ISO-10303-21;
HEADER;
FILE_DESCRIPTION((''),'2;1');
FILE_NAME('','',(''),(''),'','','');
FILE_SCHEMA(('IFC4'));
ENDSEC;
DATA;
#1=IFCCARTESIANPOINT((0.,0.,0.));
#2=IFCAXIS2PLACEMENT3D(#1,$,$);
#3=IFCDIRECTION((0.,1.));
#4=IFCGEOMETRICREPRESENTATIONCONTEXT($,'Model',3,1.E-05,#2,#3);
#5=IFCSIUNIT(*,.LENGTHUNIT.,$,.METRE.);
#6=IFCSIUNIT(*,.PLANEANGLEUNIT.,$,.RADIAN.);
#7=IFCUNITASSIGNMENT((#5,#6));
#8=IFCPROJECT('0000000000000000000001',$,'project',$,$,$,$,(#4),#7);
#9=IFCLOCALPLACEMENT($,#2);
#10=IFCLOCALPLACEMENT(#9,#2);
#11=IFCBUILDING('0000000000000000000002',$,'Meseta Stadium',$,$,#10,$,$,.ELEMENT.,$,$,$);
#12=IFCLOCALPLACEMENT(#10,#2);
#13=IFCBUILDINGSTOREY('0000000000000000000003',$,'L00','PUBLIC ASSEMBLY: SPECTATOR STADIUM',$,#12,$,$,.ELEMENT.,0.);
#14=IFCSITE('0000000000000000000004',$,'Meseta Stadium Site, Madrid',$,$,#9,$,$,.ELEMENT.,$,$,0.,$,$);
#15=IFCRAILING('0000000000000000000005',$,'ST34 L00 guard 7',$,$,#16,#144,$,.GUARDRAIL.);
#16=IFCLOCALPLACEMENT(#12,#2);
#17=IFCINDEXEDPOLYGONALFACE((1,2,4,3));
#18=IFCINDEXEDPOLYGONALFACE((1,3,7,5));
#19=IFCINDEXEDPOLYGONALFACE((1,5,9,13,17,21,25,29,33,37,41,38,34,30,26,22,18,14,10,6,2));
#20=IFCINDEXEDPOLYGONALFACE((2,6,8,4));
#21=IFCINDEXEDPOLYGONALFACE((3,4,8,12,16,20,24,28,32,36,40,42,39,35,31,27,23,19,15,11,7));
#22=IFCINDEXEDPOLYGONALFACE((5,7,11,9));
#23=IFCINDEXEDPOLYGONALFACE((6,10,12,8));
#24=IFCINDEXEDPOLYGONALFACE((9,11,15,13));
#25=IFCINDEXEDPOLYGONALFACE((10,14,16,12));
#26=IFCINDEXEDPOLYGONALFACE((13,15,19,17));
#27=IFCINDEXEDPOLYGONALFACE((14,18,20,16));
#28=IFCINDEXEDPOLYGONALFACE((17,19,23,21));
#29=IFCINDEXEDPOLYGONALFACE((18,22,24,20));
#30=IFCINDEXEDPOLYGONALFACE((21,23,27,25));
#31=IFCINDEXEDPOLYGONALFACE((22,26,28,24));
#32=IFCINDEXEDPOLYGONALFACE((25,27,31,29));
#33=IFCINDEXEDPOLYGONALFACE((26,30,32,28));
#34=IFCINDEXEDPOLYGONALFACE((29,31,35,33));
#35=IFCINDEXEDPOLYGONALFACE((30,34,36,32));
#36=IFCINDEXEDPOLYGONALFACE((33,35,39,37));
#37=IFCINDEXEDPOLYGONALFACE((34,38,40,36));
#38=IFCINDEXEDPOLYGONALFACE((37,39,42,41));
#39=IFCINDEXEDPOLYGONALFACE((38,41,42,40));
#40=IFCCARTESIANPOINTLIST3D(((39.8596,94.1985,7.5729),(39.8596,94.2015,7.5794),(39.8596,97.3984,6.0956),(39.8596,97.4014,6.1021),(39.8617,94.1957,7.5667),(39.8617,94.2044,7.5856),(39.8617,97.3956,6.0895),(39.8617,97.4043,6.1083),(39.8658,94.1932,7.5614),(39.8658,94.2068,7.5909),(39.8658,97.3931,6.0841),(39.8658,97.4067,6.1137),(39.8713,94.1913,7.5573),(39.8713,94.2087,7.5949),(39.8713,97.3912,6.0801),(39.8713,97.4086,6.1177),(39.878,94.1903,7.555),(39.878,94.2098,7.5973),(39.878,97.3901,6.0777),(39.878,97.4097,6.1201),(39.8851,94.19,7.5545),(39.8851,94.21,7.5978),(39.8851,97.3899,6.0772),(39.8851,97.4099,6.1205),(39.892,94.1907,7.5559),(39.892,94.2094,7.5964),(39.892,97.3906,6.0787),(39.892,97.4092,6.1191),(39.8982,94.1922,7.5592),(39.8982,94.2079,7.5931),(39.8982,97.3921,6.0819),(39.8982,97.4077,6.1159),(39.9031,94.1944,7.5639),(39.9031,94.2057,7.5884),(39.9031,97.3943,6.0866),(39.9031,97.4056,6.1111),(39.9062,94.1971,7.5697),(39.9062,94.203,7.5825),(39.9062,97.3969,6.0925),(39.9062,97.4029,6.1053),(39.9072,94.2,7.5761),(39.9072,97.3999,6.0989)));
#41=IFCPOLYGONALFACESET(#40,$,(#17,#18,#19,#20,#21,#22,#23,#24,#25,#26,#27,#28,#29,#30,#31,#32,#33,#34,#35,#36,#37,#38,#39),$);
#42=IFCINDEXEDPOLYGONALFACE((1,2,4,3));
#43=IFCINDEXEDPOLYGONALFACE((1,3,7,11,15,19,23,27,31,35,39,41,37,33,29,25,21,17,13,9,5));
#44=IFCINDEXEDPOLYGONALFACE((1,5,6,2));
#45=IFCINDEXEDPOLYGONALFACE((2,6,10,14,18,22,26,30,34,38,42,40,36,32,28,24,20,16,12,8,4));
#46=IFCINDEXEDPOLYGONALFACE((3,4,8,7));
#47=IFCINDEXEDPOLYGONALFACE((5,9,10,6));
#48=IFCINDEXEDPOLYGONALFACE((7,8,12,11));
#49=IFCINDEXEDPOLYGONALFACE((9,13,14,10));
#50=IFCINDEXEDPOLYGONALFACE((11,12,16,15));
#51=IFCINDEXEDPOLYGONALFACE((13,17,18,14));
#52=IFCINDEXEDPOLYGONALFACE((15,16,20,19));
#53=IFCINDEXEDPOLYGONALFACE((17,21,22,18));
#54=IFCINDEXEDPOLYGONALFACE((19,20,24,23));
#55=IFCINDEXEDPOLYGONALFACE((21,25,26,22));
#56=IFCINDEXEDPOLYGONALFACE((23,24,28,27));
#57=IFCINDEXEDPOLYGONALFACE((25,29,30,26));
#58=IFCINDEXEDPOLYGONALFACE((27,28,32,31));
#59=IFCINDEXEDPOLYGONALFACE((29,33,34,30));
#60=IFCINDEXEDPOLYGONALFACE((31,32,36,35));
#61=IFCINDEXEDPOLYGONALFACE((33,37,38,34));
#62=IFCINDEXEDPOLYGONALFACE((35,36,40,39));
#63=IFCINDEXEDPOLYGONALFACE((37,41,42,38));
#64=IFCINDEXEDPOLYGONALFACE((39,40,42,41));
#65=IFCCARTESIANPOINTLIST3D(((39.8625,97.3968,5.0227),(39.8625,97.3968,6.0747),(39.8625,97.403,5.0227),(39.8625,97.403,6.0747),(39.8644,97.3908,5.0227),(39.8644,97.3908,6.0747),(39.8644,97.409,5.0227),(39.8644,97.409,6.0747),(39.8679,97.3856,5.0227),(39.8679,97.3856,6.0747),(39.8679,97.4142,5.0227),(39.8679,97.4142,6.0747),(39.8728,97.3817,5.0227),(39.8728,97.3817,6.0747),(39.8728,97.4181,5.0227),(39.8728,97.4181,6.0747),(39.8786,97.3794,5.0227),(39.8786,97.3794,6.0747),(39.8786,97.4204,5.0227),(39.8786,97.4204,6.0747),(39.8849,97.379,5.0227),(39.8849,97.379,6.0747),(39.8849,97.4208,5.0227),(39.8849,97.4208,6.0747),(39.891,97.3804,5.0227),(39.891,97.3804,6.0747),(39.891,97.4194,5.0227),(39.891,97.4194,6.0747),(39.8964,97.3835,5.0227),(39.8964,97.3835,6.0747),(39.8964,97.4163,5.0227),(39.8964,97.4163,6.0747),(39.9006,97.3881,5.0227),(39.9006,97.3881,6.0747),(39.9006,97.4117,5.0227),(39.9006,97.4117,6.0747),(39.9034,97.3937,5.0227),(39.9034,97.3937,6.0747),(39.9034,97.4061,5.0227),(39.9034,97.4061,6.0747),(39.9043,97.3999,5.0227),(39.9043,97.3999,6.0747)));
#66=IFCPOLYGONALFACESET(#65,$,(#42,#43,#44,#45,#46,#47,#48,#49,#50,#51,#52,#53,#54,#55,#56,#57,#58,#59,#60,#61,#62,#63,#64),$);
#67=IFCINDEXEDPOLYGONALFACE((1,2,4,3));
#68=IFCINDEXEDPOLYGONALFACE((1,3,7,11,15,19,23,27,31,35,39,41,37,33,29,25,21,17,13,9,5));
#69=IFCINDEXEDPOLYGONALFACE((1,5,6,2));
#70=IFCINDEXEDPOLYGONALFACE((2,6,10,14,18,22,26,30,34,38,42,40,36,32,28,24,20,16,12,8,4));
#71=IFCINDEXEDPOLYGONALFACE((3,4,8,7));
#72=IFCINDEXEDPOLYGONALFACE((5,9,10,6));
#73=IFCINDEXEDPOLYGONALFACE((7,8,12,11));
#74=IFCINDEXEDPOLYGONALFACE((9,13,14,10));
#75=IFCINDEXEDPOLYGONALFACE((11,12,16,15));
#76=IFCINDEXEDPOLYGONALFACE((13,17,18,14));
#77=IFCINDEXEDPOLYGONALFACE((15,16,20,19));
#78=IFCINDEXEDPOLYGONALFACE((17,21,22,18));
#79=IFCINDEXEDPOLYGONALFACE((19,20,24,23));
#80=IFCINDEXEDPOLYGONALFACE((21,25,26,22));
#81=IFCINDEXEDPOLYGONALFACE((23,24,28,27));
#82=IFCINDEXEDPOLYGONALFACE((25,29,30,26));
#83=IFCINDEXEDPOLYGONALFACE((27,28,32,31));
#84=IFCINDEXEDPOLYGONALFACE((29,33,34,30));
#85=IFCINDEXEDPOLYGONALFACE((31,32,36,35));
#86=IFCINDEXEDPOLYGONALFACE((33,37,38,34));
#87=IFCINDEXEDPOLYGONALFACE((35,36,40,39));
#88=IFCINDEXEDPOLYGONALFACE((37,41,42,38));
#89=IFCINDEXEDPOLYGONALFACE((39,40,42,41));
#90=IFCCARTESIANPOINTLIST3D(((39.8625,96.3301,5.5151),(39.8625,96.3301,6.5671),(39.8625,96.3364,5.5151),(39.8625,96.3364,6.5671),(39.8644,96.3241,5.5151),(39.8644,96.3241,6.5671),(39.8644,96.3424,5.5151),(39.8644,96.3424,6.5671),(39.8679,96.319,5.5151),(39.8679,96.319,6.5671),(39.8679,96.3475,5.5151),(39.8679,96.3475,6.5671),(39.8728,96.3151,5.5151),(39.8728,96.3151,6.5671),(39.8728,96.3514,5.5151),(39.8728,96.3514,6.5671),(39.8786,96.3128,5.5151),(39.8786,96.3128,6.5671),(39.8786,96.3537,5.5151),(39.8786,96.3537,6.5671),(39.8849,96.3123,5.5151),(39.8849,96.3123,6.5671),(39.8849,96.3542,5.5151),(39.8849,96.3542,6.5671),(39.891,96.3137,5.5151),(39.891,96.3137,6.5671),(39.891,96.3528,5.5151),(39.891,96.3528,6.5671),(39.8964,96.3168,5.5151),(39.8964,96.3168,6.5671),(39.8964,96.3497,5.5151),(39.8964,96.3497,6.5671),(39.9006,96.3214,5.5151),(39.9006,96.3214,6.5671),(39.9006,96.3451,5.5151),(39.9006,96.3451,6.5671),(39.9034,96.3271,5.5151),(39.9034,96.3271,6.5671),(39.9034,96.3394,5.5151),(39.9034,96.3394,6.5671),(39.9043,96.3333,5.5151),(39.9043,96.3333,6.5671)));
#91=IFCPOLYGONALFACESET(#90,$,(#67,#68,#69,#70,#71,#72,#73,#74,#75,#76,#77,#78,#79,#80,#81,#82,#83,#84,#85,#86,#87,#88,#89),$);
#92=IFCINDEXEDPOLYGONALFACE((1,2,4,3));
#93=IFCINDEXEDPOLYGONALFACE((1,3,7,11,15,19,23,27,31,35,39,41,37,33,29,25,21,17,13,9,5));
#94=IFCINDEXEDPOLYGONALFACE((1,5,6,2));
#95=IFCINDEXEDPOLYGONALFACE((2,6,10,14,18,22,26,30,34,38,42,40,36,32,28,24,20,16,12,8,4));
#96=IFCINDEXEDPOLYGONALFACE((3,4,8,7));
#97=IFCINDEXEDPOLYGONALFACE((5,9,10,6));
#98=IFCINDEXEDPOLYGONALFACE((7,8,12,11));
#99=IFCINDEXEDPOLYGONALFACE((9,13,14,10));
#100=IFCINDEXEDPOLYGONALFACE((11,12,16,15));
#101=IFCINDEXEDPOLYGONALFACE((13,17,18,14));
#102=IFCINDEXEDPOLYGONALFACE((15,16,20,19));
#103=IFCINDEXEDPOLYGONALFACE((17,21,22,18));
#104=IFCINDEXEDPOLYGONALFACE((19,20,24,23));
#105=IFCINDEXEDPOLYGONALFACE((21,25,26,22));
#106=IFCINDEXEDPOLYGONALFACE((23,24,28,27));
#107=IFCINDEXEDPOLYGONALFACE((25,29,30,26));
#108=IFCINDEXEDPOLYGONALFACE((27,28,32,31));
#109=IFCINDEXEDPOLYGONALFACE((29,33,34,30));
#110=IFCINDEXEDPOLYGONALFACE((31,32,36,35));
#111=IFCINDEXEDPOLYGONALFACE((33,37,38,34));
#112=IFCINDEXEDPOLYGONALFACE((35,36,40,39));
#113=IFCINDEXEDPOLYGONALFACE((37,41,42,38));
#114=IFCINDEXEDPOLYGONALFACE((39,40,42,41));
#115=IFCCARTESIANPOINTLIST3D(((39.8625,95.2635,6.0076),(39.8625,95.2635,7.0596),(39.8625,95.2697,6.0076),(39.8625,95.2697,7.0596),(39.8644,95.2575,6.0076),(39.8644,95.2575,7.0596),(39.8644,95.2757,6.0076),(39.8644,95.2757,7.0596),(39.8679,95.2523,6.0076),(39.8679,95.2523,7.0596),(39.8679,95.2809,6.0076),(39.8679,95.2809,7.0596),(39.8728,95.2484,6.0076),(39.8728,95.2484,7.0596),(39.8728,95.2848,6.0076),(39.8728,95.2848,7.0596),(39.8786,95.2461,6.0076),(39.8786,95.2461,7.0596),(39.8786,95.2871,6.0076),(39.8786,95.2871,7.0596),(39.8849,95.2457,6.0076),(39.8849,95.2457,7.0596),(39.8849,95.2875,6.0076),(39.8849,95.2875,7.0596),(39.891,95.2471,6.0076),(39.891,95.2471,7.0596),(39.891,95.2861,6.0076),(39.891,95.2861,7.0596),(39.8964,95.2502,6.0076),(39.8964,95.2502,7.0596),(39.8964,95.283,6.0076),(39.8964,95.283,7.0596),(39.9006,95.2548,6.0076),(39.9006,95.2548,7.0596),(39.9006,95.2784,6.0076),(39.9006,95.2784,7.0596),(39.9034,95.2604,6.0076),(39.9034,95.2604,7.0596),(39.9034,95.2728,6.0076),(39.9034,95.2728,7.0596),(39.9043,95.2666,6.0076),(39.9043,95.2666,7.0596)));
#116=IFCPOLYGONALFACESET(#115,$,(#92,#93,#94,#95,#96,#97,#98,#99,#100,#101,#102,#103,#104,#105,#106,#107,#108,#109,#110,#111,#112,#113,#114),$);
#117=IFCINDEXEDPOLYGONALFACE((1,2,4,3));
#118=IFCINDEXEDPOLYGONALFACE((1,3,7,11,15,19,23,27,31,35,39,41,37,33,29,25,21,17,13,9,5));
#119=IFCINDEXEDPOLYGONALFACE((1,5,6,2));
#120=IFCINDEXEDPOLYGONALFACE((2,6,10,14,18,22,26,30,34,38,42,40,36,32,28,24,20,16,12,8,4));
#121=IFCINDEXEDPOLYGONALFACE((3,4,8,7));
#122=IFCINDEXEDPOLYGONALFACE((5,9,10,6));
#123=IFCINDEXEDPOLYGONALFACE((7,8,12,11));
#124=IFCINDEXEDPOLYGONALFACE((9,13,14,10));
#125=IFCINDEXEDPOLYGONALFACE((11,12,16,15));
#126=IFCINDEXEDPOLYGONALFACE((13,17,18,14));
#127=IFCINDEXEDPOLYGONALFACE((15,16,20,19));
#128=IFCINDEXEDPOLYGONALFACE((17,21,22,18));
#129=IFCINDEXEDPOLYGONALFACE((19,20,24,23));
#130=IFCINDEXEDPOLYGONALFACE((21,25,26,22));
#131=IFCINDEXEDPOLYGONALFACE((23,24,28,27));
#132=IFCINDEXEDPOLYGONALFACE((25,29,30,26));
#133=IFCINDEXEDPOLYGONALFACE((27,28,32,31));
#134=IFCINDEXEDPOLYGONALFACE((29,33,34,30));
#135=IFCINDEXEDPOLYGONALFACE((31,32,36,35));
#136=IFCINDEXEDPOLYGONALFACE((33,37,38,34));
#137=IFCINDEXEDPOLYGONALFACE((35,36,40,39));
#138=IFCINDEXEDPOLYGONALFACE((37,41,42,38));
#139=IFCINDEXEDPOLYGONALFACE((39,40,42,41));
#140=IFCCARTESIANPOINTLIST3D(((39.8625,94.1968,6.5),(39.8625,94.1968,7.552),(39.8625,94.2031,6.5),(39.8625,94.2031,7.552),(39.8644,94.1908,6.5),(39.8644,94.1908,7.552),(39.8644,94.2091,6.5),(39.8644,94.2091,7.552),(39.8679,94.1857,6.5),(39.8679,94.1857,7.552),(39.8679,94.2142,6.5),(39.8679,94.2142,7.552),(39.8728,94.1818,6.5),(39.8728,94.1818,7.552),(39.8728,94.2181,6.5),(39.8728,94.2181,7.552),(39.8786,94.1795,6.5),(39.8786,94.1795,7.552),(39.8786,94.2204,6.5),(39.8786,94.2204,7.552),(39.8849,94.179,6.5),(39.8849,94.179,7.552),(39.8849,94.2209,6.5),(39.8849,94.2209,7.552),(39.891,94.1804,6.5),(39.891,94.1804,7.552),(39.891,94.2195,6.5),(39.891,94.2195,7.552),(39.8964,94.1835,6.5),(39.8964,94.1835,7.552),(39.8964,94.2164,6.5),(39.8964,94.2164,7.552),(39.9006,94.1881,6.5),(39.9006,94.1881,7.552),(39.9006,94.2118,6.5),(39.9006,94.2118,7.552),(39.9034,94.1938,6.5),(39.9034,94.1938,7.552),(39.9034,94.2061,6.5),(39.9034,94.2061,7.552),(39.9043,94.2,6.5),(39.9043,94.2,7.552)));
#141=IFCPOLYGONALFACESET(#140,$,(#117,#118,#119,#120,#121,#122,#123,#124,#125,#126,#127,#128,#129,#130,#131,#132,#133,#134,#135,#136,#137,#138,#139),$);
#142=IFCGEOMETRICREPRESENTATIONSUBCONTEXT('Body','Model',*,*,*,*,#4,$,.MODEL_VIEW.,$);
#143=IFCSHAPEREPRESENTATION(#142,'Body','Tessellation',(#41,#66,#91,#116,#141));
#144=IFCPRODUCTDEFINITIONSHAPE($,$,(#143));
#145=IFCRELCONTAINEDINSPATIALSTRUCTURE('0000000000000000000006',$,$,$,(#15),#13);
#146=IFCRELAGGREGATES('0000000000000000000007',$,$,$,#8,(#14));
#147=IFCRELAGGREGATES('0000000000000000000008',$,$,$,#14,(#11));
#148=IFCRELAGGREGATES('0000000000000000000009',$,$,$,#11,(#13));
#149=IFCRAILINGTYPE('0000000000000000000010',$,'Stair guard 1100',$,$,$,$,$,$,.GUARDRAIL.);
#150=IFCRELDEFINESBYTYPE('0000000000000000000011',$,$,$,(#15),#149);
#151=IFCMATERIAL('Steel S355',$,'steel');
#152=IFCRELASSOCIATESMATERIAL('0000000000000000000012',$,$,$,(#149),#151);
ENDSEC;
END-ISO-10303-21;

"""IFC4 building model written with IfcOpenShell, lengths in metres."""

from ifc_helpers import new_model, si_unit, direction, frame, origin, origin_2d, place, context, subcontext, project, spatial, circle, extrude, material, type_object, element, save


model = new_model("IFC4")

# Units and contexts
model_context = context("Model", 3, precision=1e-05, world=origin(), true_north=direction((0.0, 1.0)))
body_context = subcontext(model_context, "Body", "Model", "MODEL_VIEW")
ifc_project = project(units=[si_unit("LENGTHUNIT", "METRE"), si_unit("PLANEANGLEUNIT", "RADIAN")], contexts=[model_context])

# Site, building, storey
site_placement = place(None, origin())
site = spatial("IfcSite", under=ifc_project, at=site_placement, Name="Meseta Stadium Site, Madrid", CompositionType="ELEMENT", RefElevation=0.0)
building_placement = place(site_placement, origin())
building = spatial("IfcBuilding", under=site, at=building_placement, Name="Meseta Stadium", CompositionType="ELEMENT")
storey_placement = place(building_placement, origin())
storey = spatial("IfcBuildingStorey", under=building, at=storey_placement, Name="L00", Description="PUBLIC ASSEMBLY: SPECTATOR STADIUM", CompositionType="ELEMENT", Elevation=0.0)

# Railing
ifc_material_1 = material(Name="Steel S355", Category="steel")
railing_type_1 = type_object("IfcRailingType", Name="Stair guard 1100", PredefinedType="GUARDRAIL", material=ifc_material_1)
railing_1_placement = place(storey_placement, frame((39.8833, 97.3999, 5.0227)))
element("IfcRailing", 1, at=railing_1_placement, inside=storey, type_object=railing_type_1, Name="ST34 L00 guard 7", PredefinedType="GUARDRAIL", context=body_context, shape_type="SweptSolid", body=[
    extrude(circle(Radius=0.0239, at=origin_2d()), frame((0.0, 0.0, 1.0762), z_axis=(0.0, -0.907917, 0.41915), x_axis=(1.0, 0.0, 0.0)), (0.0, 0.0, 1.0), 3.5244),
    extrude(circle(Radius=0.021, at=origin_2d()), origin(), (0.0, 0.0, 1.0), 1.052),
    extrude(circle(Radius=0.021, at=origin_2d()), frame((0.0, -1.0667, 0.4924)), (0.0, 0.0, 1.0), 1.052),
    extrude(circle(Radius=0.021, at=origin_2d()), frame((0.0, -2.1333, 0.9849)), (0.0, 0.0, 1.0), 1.052),
    extrude(circle(Radius=0.021, at=origin_2d()), frame((0.0, -3.2, 1.4773)), (0.0, 0.0, 1.0), 1.052),
])

save(model, "model.ifc")
